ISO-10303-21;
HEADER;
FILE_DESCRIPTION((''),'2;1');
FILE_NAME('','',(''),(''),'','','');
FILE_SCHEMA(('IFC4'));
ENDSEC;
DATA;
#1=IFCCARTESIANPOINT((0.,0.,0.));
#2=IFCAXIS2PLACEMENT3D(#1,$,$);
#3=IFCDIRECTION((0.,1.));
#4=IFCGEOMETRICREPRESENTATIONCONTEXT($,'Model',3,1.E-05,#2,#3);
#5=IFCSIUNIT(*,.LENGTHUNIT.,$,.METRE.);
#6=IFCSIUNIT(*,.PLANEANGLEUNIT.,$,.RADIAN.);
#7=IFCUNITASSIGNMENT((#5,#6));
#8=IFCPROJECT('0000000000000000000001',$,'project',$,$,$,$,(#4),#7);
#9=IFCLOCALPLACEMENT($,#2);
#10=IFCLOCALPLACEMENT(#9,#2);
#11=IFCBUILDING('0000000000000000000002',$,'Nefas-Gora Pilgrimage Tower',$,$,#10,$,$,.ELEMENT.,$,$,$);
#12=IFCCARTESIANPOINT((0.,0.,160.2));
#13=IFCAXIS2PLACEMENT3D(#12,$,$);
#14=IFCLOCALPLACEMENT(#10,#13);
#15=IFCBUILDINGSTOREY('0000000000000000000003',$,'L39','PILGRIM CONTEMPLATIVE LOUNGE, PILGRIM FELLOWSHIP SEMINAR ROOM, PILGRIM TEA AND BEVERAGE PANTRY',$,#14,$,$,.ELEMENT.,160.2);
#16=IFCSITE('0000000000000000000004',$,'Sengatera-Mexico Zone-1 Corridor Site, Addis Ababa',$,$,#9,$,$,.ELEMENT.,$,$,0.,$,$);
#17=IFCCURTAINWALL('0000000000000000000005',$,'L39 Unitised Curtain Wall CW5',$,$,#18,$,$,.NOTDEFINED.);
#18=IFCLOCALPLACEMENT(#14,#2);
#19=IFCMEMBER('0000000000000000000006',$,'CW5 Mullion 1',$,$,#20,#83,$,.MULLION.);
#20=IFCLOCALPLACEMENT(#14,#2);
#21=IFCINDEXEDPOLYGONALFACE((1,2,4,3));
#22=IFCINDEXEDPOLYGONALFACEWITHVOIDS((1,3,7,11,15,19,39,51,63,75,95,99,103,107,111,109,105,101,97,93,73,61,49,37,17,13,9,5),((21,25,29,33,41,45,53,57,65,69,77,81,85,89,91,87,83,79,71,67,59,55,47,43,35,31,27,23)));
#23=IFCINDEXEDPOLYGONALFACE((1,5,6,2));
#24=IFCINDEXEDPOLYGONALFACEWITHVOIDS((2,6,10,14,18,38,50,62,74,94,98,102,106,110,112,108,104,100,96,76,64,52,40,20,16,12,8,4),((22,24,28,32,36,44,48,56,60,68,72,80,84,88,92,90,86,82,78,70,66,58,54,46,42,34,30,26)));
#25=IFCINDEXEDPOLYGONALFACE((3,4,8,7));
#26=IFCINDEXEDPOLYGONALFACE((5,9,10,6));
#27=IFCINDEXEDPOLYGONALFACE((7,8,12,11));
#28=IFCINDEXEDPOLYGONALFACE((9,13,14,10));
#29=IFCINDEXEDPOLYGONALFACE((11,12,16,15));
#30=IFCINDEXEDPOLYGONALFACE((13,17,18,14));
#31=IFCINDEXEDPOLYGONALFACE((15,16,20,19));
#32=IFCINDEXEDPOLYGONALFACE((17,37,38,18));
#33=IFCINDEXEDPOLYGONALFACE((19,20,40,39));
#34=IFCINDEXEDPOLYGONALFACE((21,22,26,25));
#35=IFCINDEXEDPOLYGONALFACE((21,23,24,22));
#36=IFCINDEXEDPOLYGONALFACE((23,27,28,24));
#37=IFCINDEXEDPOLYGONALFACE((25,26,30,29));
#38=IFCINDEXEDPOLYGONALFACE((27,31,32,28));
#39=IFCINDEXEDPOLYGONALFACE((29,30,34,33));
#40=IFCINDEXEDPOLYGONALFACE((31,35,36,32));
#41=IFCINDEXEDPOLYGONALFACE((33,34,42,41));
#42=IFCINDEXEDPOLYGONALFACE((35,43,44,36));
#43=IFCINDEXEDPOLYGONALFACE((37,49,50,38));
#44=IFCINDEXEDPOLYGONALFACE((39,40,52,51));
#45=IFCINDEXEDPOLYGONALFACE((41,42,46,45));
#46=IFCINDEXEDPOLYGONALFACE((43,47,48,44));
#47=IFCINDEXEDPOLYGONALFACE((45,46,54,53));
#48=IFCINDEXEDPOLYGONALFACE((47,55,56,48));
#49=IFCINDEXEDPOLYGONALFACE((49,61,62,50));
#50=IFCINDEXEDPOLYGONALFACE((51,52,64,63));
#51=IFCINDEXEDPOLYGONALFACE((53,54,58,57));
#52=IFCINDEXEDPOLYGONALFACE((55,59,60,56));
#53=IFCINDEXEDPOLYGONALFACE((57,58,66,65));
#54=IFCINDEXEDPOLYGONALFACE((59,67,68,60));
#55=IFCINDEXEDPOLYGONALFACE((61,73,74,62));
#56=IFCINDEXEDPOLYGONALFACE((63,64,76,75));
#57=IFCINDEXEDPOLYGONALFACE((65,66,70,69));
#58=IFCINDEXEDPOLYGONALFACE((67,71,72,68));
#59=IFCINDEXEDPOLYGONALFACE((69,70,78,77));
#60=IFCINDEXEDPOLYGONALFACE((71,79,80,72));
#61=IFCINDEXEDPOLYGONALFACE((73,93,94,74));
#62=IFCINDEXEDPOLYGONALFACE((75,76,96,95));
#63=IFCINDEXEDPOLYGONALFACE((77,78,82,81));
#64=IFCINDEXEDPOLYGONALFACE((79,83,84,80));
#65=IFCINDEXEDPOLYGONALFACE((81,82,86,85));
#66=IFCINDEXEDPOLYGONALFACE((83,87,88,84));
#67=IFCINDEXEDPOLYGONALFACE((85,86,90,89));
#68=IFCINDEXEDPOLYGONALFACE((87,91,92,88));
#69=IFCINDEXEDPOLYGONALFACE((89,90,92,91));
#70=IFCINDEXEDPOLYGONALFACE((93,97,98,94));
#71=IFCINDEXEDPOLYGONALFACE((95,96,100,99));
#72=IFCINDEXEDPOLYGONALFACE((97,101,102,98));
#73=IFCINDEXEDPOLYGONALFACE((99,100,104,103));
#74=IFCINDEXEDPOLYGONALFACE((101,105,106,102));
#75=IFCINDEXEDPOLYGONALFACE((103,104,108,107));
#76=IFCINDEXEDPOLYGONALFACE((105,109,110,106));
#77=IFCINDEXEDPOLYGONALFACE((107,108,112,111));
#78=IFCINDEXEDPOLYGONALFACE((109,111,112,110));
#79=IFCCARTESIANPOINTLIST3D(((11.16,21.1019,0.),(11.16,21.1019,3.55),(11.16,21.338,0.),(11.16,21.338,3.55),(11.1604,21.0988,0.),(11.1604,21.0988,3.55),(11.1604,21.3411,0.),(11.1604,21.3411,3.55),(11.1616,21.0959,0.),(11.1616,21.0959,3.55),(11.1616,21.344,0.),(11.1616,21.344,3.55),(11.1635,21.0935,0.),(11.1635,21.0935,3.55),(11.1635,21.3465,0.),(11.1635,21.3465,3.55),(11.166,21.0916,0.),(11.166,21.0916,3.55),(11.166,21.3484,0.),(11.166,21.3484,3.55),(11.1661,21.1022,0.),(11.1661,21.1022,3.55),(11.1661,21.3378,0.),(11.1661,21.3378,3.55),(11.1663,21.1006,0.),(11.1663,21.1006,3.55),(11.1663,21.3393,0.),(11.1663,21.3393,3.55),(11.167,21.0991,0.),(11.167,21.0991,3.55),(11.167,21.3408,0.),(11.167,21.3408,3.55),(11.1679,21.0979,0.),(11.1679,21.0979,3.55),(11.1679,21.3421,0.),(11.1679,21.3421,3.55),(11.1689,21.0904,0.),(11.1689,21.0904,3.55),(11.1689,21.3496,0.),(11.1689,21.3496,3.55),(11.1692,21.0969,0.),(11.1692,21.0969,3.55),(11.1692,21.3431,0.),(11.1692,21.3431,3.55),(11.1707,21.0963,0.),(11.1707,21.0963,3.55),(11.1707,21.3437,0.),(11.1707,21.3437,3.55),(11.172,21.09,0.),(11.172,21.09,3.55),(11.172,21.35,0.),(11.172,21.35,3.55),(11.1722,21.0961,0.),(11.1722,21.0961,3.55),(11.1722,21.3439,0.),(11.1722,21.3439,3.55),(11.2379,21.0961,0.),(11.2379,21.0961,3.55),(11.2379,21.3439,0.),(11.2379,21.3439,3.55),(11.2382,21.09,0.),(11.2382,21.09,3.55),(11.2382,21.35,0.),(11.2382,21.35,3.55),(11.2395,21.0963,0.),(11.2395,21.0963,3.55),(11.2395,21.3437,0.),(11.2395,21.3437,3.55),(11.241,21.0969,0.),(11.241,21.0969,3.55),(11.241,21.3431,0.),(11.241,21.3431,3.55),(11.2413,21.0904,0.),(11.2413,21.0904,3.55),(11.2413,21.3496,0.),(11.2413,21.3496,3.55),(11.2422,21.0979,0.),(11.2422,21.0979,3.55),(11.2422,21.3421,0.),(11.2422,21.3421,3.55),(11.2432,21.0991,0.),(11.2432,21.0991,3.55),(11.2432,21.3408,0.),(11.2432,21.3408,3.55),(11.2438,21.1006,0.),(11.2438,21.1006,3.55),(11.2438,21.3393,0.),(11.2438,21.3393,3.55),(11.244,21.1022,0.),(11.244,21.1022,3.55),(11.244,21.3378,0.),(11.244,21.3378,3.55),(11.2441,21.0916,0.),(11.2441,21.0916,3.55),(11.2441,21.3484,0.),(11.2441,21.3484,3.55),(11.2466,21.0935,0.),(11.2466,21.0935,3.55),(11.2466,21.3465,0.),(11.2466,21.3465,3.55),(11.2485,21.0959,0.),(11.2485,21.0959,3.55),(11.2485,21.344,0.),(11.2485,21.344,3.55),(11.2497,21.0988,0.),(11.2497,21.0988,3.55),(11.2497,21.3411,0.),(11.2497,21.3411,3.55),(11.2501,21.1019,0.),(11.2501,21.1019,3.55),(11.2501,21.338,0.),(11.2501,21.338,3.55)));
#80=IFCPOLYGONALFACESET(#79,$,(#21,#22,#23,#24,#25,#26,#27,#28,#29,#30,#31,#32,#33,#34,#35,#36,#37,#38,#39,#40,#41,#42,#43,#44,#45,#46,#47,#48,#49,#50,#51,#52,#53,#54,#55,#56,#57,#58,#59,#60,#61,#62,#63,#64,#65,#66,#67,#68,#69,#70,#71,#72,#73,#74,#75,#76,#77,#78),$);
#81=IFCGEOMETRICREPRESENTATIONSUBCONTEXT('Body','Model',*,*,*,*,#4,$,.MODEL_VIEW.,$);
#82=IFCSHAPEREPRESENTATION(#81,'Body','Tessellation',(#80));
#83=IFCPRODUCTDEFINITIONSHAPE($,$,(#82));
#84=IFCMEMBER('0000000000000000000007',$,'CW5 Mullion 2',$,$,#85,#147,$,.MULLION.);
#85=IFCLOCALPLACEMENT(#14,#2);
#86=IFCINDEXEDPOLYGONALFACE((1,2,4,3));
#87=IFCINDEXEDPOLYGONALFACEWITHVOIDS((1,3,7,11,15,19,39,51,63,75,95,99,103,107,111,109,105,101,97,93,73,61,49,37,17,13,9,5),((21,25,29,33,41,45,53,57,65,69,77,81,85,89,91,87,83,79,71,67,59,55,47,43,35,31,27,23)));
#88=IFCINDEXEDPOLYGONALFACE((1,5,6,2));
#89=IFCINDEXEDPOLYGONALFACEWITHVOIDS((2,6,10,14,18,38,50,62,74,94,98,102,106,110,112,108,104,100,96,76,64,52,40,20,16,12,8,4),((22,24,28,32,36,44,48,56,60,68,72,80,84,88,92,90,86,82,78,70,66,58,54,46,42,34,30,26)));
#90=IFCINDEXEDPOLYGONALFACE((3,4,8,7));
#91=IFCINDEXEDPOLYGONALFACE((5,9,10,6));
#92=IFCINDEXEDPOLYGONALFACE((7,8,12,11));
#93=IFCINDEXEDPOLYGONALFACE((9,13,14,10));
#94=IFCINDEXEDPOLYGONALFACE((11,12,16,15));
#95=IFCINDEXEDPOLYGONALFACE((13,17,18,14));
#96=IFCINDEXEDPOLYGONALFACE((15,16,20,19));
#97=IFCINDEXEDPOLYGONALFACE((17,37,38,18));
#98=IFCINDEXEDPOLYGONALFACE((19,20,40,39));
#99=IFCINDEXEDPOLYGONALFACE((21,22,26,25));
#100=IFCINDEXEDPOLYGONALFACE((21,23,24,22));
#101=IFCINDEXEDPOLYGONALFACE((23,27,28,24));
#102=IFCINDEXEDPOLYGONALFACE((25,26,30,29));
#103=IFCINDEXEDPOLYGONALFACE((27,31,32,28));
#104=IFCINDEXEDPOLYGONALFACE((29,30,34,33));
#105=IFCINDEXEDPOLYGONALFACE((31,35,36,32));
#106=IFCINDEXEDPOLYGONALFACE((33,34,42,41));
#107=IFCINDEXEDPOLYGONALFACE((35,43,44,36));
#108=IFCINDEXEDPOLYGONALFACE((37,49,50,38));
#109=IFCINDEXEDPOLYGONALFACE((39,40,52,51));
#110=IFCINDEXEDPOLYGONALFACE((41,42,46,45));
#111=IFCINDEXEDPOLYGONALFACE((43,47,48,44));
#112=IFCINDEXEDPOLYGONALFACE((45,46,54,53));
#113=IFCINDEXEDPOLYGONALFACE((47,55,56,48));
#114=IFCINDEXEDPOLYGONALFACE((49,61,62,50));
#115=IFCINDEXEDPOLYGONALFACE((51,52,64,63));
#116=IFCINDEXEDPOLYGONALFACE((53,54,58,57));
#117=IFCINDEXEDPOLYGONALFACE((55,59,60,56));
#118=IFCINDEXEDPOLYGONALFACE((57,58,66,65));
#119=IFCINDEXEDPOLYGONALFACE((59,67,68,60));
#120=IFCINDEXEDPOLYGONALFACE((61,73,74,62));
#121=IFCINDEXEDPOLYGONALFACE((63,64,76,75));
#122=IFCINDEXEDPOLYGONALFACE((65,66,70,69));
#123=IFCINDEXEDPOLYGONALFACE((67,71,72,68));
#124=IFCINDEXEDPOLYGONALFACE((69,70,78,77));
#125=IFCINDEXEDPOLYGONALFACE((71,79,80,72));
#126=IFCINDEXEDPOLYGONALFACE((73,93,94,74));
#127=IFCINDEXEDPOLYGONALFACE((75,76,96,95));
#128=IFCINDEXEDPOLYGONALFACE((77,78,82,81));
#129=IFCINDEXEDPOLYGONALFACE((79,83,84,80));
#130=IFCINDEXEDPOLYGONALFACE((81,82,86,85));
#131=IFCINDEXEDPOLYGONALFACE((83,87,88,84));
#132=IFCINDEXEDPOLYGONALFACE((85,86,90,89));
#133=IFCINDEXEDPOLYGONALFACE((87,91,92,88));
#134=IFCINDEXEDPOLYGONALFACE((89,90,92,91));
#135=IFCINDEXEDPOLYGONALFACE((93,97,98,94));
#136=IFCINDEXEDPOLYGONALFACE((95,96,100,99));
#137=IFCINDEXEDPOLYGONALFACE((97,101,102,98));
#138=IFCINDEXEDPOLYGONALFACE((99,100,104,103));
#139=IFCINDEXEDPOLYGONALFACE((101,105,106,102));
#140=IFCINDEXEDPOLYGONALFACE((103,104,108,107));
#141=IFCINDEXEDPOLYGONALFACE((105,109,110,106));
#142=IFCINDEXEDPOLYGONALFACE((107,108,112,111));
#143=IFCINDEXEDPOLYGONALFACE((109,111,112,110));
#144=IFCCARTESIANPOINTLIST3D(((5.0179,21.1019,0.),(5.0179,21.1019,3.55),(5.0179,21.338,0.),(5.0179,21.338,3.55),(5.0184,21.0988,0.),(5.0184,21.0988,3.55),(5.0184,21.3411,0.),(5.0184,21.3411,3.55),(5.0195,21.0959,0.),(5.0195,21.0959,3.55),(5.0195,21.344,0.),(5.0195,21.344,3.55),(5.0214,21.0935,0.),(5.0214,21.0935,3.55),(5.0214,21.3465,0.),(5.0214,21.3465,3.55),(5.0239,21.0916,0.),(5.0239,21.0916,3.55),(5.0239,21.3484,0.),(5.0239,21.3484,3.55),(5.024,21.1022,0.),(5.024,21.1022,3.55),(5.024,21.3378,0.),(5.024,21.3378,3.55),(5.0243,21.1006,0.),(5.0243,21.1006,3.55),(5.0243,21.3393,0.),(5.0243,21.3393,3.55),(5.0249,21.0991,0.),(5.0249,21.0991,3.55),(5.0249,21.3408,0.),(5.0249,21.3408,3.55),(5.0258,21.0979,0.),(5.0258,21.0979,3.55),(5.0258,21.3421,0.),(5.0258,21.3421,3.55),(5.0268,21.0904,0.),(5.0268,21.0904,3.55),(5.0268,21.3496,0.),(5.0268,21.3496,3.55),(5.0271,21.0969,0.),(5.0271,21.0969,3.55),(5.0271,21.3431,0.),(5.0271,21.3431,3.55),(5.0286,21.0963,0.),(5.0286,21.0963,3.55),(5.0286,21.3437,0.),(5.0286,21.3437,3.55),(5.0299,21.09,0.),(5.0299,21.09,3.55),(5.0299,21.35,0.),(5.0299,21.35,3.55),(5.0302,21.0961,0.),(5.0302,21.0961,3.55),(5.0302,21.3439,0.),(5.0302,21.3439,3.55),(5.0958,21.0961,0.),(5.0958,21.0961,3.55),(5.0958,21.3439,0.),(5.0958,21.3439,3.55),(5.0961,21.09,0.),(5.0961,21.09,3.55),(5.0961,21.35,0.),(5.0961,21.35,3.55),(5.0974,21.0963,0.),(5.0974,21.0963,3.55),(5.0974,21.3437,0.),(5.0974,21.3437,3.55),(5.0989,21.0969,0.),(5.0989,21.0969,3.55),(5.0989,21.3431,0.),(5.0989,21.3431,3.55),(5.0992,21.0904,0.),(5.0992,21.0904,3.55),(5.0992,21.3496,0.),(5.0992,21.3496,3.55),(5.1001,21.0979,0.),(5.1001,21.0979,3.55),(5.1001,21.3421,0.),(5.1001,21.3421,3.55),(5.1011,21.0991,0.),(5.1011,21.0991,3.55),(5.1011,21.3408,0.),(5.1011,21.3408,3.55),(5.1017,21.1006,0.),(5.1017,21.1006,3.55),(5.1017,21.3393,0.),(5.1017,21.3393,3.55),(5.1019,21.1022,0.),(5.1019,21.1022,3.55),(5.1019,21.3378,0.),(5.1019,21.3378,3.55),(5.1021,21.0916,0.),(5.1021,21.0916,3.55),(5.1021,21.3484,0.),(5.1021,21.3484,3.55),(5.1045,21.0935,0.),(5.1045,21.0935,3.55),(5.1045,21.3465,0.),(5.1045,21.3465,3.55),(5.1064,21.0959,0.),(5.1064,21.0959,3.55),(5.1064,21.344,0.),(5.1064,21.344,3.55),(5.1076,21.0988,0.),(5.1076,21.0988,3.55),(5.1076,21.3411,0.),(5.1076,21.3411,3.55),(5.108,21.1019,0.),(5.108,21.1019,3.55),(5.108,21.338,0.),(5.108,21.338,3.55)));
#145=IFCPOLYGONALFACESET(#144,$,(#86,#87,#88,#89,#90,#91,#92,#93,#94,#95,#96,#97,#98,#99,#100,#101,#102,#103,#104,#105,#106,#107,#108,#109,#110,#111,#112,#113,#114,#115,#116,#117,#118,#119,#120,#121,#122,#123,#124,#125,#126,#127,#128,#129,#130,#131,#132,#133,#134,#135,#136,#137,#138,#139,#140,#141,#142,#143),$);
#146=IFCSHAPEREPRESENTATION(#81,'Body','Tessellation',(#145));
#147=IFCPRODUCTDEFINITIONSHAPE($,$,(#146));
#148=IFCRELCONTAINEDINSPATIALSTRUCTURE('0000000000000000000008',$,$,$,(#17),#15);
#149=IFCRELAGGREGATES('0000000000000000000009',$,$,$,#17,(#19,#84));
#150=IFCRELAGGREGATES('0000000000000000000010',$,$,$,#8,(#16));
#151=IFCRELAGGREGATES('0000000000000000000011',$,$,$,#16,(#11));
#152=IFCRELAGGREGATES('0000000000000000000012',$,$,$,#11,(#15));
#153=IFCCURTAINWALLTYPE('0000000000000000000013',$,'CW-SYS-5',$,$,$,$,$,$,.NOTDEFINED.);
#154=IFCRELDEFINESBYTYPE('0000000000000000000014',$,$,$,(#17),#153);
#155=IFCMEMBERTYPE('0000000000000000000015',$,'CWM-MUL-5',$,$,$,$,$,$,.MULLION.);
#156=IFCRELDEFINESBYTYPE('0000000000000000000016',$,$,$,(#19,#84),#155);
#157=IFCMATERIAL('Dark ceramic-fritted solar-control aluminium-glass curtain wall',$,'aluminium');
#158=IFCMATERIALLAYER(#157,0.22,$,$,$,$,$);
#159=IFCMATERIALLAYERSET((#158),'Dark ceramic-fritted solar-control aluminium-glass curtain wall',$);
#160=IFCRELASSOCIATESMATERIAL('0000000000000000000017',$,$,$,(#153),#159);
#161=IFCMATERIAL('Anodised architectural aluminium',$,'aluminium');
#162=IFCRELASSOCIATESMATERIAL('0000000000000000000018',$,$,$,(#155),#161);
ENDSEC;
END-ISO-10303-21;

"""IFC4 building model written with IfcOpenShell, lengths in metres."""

from ifc_helpers import new_model, si_unit, direction, frame, origin, origin_2d, place, context, subcontext, project, spatial, hollow_rectangle, extrude, source, transform, mapped, material, layer, layer_set, material_profile, profile_set, type_object, element, aggregate, save


model = new_model("IFC4")

# Units and contexts
model_context = context("Model", 3, precision=1e-05, world=origin(), true_north=direction((0.0, 1.0)))
body_context = subcontext(model_context, "Body", "Model", "MODEL_VIEW")
ifc_project = project(units=[si_unit("LENGTHUNIT", "METRE"), si_unit("PLANEANGLEUNIT", "RADIAN")], contexts=[model_context])

# Site, building, storey
site_placement = place(None, origin())
site = spatial("IfcSite", under=ifc_project, at=site_placement, Name="Sengatera-Mexico Zone-1 Corridor Site, Addis Ababa", CompositionType="ELEMENT", RefElevation=0.0)
building_placement = place(site_placement, origin())
building = spatial("IfcBuilding", under=site, at=building_placement, Name="Nefas-Gora Pilgrimage Tower", CompositionType="ELEMENT")
storey_placement = place(building_placement, frame((0.0, 0.0, 160.2)))
storey = spatial("IfcBuildingStorey", under=building, at=storey_placement, Name="L39", Description="PILGRIM CONTEMPLATIVE LOUNGE, PILGRIM FELLOWSHIP SEMINAR ROOM, PILGRIM TEA AND BEVERAGE PANTRY", CompositionType="ELEMENT", Elevation=160.2)

# Curtain wall, members
ifc_material_1 = material(Name="Dark ceramic-fritted solar-control aluminium-glass curtain wall", Category="aluminium")
ifc_layer_1 = layer(ifc_material_1, 0.22)
ifc_layer_set_1 = layer_set([ifc_layer_1], Name="Dark ceramic-fritted solar-control aluminium-glass curtain wall")
curtain_wall_type_1 = type_object("IfcCurtainWallType", Name="CW-SYS-5", PredefinedType="NOTDEFINED", material=ifc_layer_set_1)
curtain_wall_1_placement = place(storey_placement, origin())
curtain_wall_1 = element("IfcCurtainWall", 1, at=curtain_wall_1_placement, inside=storey, type_object=curtain_wall_type_1, Name="L39 Unitised Curtain Wall CW5", PredefinedType="NOTDEFINED")
ifc_material_2 = material(Name="Anodised architectural aluminium", Category="aluminium")
ifc_material_profile_1 = material_profile(ifc_material_2, hollow_rectangle(XDim=0.0901, YDim=0.26, WallThickness=0.0061, InnerFilletRadius=0.0061, OuterFilletRadius=0.012, at=origin_2d()), Name="ALU MULLION 90x260")
ifc_profile_set_1 = profile_set([ifc_material_profile_1], Name="Anodised architectural aluminium")
member_type_1 = type_object("IfcMemberType", Name="CWM-MUL-5", PredefinedType="MULLION", material=ifc_profile_set_1)
shared_shape_1 = source(origin(), body_context, "Body", "SweptSolid", [
    extrude(hollow_rectangle(XDim=0.0901, YDim=0.26, WallThickness=0.0061, InnerFilletRadius=0.0061, OuterFilletRadius=0.012, at=origin_2d()), origin(), (0.0, 0.0, 1.0), 3.55),
])
member_1_placement = place(storey_placement, frame((11.2051, 21.22, 0.0), z_axis=(0.0, 0.0, 1.0), x_axis=(-1.0, 0.0, 0.0)))
member_1 = element("IfcMember", 2, at=member_1_placement, type_object=member_type_1, Name="CW5 Mullion 1", PredefinedType="MULLION", context=body_context, shape_type="MappedRepresentation", body=[
    mapped(shared_shape_1, transform((0.0, 0.0, 0.0), x_axis=(1.0, 0.0, 0.0), y_axis=(0.0, 1.0, 0.0), z_axis=(0.0, 0.0, 1.0), scale=1.0)),
])
member_2_placement = place(storey_placement, frame((5.063, 21.22, 0.0), z_axis=(0.0, 0.0, 1.0), x_axis=(-1.0, 0.0, 0.0)))
member_2 = element("IfcMember", 3, at=member_2_placement, type_object=member_type_1, Name="CW5 Mullion 2", PredefinedType="MULLION", context=body_context, shape_type="MappedRepresentation", body=[
    mapped(shared_shape_1, transform((0.0, 0.0, 0.0), x_axis=(1.0, 0.0, 0.0), y_axis=(0.0, 1.0, 0.0), z_axis=(0.0, 0.0, 1.0), scale=1.0)),
])

aggregate(curtain_wall_1, [member_1, member_2])

save(model, "model.ifc")
